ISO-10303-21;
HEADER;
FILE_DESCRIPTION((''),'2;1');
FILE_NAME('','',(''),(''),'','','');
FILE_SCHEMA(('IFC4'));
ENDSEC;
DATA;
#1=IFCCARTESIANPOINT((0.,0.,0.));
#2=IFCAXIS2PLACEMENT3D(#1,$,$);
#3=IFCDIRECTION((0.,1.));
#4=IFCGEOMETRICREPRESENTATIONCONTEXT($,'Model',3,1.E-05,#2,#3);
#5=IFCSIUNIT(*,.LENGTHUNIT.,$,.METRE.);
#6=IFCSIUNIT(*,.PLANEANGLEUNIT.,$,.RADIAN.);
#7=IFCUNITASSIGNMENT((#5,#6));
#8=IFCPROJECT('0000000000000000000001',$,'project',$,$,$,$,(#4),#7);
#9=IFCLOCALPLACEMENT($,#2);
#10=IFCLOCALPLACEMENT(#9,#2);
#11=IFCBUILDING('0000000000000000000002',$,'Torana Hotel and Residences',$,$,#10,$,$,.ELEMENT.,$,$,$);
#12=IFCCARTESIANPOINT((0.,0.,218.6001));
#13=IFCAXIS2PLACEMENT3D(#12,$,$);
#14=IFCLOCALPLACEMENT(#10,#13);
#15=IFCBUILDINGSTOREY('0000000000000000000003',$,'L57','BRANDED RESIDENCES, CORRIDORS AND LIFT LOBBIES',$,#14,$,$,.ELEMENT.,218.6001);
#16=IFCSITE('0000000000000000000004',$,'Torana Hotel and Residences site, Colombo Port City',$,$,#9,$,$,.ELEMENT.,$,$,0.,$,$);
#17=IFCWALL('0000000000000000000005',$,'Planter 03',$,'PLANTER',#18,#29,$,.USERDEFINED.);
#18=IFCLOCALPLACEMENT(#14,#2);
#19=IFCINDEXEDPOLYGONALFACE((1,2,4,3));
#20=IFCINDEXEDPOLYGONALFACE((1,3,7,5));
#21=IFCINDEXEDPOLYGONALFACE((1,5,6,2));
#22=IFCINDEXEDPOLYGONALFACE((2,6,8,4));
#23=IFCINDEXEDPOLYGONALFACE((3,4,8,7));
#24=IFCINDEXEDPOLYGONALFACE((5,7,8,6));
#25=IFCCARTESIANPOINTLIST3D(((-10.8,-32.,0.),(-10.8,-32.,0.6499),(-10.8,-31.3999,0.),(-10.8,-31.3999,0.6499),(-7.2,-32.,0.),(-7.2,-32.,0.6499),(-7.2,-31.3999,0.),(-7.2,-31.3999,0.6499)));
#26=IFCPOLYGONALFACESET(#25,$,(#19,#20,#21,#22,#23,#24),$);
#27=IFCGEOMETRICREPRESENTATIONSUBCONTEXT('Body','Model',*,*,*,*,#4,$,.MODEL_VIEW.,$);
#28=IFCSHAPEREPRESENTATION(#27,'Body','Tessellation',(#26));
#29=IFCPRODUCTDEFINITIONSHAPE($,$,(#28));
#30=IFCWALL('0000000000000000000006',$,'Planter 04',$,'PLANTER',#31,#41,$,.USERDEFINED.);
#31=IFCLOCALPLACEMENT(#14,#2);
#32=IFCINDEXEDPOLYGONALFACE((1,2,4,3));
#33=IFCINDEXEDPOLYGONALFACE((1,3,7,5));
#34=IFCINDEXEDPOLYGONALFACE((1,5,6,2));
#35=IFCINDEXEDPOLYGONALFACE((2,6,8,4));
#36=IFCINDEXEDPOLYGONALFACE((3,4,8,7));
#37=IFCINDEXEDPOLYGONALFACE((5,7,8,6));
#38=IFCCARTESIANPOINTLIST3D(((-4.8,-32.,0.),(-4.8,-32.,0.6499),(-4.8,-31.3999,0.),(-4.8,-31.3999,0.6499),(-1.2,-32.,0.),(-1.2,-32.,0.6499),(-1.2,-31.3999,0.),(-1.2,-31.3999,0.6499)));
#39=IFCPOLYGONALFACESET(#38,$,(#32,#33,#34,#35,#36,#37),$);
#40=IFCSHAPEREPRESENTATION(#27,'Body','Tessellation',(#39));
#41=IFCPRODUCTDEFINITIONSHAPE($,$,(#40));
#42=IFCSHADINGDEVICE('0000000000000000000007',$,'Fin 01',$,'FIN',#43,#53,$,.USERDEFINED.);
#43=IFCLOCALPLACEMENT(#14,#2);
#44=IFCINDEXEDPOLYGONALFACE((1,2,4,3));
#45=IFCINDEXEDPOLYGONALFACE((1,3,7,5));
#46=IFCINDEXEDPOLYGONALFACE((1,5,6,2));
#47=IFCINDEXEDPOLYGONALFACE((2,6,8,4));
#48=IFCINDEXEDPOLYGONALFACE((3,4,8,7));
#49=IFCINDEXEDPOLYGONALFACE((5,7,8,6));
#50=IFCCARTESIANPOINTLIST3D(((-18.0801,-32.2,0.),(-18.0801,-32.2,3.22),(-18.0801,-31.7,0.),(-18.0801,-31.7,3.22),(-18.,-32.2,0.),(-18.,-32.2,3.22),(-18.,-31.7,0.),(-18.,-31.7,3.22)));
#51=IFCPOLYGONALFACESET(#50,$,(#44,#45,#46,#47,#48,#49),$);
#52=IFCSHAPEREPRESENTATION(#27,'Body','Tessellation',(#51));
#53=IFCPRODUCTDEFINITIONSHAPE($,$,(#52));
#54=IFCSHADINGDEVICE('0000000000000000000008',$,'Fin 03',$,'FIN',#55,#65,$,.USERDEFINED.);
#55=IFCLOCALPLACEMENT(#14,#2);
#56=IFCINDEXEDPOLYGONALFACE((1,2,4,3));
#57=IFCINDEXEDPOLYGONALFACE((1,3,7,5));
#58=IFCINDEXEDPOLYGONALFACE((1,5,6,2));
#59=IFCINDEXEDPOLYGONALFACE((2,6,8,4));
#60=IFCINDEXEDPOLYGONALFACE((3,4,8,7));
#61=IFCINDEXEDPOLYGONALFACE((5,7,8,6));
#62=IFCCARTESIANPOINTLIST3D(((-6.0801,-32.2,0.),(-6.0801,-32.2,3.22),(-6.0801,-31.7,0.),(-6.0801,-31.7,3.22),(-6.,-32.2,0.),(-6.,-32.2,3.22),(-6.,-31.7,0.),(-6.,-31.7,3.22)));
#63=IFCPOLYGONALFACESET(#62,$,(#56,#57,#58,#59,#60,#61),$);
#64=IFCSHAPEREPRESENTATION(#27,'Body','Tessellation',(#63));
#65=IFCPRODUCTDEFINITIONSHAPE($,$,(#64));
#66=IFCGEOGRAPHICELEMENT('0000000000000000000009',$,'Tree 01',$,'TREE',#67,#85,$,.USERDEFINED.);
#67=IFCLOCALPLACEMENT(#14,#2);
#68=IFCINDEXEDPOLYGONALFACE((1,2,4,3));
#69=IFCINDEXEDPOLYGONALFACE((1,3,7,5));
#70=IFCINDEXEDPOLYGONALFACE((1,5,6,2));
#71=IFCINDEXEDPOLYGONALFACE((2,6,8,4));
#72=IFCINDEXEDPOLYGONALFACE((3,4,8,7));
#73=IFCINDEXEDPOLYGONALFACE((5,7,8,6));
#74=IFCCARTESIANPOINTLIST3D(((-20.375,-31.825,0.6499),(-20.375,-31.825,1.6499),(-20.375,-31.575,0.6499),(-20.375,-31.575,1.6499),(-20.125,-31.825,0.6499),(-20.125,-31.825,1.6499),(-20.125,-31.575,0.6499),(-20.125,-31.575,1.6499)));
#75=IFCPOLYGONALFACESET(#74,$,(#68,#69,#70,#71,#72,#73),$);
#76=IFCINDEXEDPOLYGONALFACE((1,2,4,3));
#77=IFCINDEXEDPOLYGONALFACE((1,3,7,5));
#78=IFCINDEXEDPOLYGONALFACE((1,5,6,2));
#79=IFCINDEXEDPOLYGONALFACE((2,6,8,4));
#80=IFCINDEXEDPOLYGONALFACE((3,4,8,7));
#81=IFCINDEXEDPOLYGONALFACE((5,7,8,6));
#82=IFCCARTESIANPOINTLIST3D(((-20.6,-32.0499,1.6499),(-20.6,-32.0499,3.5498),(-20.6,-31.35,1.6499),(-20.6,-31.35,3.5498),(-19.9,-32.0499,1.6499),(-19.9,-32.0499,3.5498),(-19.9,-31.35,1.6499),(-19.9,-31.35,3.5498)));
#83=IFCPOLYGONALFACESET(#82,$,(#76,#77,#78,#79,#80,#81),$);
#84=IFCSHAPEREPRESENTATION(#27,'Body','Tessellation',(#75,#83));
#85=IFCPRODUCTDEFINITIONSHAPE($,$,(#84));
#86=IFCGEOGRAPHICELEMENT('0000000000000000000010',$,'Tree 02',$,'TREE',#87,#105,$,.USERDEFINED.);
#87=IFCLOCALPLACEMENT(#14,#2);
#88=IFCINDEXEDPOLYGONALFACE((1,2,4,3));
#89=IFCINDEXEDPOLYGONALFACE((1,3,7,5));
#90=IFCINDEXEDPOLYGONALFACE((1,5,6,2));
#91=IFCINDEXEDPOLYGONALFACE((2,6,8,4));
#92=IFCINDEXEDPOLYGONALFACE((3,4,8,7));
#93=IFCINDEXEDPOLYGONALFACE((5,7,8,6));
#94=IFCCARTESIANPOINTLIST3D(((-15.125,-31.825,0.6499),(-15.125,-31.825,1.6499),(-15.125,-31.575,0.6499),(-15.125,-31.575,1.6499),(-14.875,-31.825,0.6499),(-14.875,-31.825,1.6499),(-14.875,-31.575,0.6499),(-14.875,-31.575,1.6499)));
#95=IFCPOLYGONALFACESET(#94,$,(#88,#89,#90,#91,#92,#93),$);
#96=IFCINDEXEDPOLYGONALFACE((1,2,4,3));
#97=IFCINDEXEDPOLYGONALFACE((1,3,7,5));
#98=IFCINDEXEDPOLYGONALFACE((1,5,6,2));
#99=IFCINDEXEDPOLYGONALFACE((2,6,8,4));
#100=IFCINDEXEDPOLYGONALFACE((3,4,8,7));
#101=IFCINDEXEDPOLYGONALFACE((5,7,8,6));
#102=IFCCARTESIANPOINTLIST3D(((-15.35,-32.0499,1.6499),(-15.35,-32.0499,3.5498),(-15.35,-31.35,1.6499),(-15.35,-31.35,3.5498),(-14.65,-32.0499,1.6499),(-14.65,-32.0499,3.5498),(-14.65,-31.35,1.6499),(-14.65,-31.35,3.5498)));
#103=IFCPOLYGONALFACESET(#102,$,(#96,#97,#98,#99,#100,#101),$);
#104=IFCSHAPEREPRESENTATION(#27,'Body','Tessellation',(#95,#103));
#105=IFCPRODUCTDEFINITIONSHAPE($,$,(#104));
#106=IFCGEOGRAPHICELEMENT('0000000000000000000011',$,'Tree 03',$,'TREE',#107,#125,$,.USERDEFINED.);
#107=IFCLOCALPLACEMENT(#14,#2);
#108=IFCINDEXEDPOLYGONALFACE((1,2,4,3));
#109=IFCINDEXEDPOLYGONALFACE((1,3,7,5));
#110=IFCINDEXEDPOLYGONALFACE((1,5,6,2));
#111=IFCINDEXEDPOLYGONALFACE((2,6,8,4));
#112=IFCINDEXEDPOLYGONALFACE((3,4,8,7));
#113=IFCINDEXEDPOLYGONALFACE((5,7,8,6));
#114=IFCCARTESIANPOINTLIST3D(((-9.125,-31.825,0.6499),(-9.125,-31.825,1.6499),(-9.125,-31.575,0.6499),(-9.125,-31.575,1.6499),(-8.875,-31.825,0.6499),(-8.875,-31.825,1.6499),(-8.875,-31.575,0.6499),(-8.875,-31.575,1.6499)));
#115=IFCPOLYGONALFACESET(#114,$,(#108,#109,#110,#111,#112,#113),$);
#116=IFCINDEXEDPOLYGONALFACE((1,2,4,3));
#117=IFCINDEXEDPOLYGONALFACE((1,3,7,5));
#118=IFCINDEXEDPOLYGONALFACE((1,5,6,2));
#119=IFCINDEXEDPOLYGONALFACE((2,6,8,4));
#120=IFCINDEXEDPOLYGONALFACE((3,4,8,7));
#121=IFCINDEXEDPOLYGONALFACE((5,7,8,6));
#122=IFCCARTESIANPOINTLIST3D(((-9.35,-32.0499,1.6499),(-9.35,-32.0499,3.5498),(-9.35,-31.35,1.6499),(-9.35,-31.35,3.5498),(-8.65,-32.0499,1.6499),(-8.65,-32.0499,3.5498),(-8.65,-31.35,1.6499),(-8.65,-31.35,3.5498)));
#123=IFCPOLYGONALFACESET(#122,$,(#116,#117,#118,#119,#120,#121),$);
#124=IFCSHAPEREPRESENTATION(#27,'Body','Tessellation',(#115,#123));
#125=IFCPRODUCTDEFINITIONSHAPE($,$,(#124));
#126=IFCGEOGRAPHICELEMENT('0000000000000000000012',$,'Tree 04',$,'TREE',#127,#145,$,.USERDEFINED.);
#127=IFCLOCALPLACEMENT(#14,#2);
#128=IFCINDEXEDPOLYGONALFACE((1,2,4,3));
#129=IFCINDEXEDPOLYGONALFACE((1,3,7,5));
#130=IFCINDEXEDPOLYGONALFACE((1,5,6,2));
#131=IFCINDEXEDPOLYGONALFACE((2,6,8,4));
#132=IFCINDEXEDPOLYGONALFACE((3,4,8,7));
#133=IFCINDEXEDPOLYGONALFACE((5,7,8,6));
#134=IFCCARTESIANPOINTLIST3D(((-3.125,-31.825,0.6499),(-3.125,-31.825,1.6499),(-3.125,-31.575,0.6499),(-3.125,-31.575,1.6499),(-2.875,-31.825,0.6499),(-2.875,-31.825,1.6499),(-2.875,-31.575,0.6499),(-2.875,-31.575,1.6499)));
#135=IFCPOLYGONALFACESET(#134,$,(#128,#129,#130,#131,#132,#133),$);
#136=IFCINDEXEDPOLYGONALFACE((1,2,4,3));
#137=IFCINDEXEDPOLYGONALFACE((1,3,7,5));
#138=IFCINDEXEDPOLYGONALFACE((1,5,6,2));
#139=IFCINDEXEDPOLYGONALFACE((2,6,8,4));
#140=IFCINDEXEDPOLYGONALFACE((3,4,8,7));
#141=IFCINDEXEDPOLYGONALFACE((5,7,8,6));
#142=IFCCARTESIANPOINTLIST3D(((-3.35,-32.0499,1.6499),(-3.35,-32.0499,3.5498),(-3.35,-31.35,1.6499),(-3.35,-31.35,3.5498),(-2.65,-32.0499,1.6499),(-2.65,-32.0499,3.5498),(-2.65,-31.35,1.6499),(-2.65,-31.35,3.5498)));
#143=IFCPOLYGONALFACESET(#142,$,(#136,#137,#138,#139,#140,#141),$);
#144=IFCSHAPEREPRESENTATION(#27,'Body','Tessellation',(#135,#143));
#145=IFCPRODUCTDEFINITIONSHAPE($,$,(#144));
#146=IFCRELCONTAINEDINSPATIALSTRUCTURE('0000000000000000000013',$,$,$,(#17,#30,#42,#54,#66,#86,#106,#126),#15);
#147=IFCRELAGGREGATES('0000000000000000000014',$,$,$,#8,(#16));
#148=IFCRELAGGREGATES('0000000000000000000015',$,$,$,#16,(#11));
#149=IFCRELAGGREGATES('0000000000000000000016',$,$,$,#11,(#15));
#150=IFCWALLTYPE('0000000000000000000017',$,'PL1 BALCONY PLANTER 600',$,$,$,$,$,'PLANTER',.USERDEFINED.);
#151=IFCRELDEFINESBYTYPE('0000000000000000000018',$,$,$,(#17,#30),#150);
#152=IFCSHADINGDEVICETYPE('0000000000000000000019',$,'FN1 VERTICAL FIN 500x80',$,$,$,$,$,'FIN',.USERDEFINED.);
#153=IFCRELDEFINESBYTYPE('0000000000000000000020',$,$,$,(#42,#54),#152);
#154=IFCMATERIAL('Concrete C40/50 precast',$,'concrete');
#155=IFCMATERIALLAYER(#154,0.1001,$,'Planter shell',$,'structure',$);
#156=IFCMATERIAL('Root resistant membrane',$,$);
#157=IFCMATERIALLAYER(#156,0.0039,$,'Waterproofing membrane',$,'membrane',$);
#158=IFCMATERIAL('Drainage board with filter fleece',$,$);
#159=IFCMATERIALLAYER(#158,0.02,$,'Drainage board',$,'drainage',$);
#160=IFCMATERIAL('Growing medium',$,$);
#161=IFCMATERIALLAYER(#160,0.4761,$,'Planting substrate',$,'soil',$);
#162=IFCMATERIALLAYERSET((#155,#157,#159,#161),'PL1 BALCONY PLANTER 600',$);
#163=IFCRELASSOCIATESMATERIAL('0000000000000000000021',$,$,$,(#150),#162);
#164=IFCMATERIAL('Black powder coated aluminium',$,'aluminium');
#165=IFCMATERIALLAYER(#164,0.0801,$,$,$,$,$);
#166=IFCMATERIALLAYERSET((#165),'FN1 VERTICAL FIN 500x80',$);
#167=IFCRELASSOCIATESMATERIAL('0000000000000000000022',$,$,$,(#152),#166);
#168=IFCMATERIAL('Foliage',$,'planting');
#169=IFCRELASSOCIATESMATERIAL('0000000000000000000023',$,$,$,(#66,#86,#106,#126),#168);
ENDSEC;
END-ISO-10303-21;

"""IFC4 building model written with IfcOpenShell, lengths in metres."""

from ifc_helpers import new_model, si_unit, direction, frame, frame_2d, origin, origin_2d, place, context, subcontext, project, spatial, rectangle, extrude, material, layer, layer_set, type_object, element, save


model = new_model("IFC4")

# Units and contexts
model_context = context("Model", 3, precision=1e-05, world=origin(), true_north=direction((0.0, 1.0)))
body_context = subcontext(model_context, "Body", "Model", "MODEL_VIEW")
ifc_project = project(units=[si_unit("LENGTHUNIT", "METRE"), si_unit("PLANEANGLEUNIT", "RADIAN")], contexts=[model_context])

# Site, building, storey
site_placement = place(None, origin())
site = spatial("IfcSite", under=ifc_project, at=site_placement, Name="Torana Hotel and Residences site, Colombo Port City", CompositionType="ELEMENT", RefElevation=0.0)
building_placement = place(site_placement, origin())
building = spatial("IfcBuilding", under=site, at=building_placement, Name="Torana Hotel and Residences", CompositionType="ELEMENT")
storey_placement = place(building_placement, frame((0.0, 0.0, 218.6001)))
storey = spatial("IfcBuildingStorey", under=building, at=storey_placement, Name="L57", Description="BRANDED RESIDENCES, CORRIDORS AND LIFT LOBBIES", CompositionType="ELEMENT", Elevation=218.6001)

# Walls
ifc_material_1 = material(Name="Concrete C40/50 precast", Category="concrete")
ifc_layer_1 = layer(ifc_material_1, 0.1001, Name="Planter shell", Category="structure")
ifc_material_2 = material(Name="Root resistant membrane")
ifc_layer_2 = layer(ifc_material_2, 0.0039, Name="Waterproofing membrane", Category="membrane")
ifc_material_3 = material(Name="Drainage board with filter fleece")
ifc_layer_3 = layer(ifc_material_3, 0.02, Name="Drainage board", Category="drainage")
ifc_material_4 = material(Name="Growing medium")
ifc_layer_4 = layer(ifc_material_4, 0.4761, Name="Planting substrate", Category="soil")
ifc_layer_set_1 = layer_set([ifc_layer_1, ifc_layer_2, ifc_layer_3, ifc_layer_4], Name="PL1 BALCONY PLANTER 600")
wall_type_1 = type_object("IfcWallType", Name="PL1 BALCONY PLANTER 600", ElementType="PLANTER", PredefinedType="USERDEFINED", material=ifc_layer_set_1)
for number, where, z_axis, x_axis, name in (
    (1, (-7.2, -31.7, 0.0), (0.0, 0.0, 1.0), (-1.0, 0.0, 0.0), "Planter 03"),
    (2, (-1.2, -31.7, 0.0), (0.0, 0.0, 1.0), (-1.0, 0.0, 0.0), "Planter 04"),
):
    element("IfcWall", number, at=place(storey_placement, frame(where, z_axis=z_axis, x_axis=x_axis)), inside=storey, type_object=wall_type_1, Name=name, ObjectType="PLANTER", PredefinedType="USERDEFINED", context=body_context, shape_type="SweptSolid", body=[
        extrude(rectangle(XDim=3.6001, YDim=0.6001, at=frame_2d((1.8, 0.0))), origin(), (0.0, 0.0, 1.0), 0.6499),
    ])

# Shading devices
ifc_material_5 = material(Name="Black powder coated aluminium", Category="aluminium")
ifc_layer_5 = layer(ifc_material_5, 0.0801)
ifc_layer_set_2 = layer_set([ifc_layer_5], Name="FN1 VERTICAL FIN 500x80")
shading_device_type = type_object("IfcShadingDeviceType", Name="FN1 VERTICAL FIN 500x80", ElementType="FIN", PredefinedType="USERDEFINED", material=ifc_layer_set_2)
for number, where, z_axis, x_axis, name in (
    (3, (-18.04, -31.95, 0.0), (0.0, 0.0, 1.0), (-1.0, 0.0, 0.0), "Fin 01"),
    (4, (-6.04, -31.95, 0.0), (0.0, 0.0, 1.0), (-1.0, 0.0, 0.0), "Fin 03"),
):
    element("IfcShadingDevice", number, at=place(storey_placement, frame(where, z_axis=z_axis, x_axis=x_axis)), inside=storey, type_object=shading_device_type, Name=name, ObjectType="FIN", PredefinedType="USERDEFINED", context=body_context, shape_type="SweptSolid", body=[
        extrude(rectangle(XDim=0.0801, YDim=0.5, at=origin_2d()), origin(), (0.0, 0.0, 1.0), 3.22),
    ])

# Geographic elements
ifc_material_6 = material(Name="Foliage", Category="planting")
for number, where, z_axis, x_axis, name in (
    (5, (-20.25, -31.7, 0.6499), (0.0, 0.0, 1.0), (1.0, 0.0, 0.0), "Tree 01"),
    (6, (-15.0, -31.7, 0.6499), (0.0, 0.0, 1.0), (1.0, 0.0, 0.0), "Tree 02"),
    (7, (-9.0, -31.7, 0.6499), (0.0, 0.0, 1.0), (1.0, 0.0, 0.0), "Tree 03"),
    (8, (-3.0, -31.7, 0.6499), (0.0, 0.0, 1.0), (1.0, 0.0, 0.0), "Tree 04"),
):
    element("IfcGeographicElement", number, at=place(storey_placement, frame(where, z_axis=z_axis, x_axis=x_axis)), inside=storey, material=ifc_material_6, Name=name, ObjectType="TREE", PredefinedType="USERDEFINED", context=body_context, shape_type="SweptSolid", body=[
        extrude(rectangle(XDim=0.25, YDim=0.25, at=origin_2d()), origin(), (0.0, 0.0, 1.0), 1.0),
        extrude(rectangle(XDim=0.7, YDim=0.7, at=origin_2d()), frame((0.0, 0.0, 1.0)), (0.0, 0.0, 1.0), 1.8999),
    ])

save(model, "model.ifc")
